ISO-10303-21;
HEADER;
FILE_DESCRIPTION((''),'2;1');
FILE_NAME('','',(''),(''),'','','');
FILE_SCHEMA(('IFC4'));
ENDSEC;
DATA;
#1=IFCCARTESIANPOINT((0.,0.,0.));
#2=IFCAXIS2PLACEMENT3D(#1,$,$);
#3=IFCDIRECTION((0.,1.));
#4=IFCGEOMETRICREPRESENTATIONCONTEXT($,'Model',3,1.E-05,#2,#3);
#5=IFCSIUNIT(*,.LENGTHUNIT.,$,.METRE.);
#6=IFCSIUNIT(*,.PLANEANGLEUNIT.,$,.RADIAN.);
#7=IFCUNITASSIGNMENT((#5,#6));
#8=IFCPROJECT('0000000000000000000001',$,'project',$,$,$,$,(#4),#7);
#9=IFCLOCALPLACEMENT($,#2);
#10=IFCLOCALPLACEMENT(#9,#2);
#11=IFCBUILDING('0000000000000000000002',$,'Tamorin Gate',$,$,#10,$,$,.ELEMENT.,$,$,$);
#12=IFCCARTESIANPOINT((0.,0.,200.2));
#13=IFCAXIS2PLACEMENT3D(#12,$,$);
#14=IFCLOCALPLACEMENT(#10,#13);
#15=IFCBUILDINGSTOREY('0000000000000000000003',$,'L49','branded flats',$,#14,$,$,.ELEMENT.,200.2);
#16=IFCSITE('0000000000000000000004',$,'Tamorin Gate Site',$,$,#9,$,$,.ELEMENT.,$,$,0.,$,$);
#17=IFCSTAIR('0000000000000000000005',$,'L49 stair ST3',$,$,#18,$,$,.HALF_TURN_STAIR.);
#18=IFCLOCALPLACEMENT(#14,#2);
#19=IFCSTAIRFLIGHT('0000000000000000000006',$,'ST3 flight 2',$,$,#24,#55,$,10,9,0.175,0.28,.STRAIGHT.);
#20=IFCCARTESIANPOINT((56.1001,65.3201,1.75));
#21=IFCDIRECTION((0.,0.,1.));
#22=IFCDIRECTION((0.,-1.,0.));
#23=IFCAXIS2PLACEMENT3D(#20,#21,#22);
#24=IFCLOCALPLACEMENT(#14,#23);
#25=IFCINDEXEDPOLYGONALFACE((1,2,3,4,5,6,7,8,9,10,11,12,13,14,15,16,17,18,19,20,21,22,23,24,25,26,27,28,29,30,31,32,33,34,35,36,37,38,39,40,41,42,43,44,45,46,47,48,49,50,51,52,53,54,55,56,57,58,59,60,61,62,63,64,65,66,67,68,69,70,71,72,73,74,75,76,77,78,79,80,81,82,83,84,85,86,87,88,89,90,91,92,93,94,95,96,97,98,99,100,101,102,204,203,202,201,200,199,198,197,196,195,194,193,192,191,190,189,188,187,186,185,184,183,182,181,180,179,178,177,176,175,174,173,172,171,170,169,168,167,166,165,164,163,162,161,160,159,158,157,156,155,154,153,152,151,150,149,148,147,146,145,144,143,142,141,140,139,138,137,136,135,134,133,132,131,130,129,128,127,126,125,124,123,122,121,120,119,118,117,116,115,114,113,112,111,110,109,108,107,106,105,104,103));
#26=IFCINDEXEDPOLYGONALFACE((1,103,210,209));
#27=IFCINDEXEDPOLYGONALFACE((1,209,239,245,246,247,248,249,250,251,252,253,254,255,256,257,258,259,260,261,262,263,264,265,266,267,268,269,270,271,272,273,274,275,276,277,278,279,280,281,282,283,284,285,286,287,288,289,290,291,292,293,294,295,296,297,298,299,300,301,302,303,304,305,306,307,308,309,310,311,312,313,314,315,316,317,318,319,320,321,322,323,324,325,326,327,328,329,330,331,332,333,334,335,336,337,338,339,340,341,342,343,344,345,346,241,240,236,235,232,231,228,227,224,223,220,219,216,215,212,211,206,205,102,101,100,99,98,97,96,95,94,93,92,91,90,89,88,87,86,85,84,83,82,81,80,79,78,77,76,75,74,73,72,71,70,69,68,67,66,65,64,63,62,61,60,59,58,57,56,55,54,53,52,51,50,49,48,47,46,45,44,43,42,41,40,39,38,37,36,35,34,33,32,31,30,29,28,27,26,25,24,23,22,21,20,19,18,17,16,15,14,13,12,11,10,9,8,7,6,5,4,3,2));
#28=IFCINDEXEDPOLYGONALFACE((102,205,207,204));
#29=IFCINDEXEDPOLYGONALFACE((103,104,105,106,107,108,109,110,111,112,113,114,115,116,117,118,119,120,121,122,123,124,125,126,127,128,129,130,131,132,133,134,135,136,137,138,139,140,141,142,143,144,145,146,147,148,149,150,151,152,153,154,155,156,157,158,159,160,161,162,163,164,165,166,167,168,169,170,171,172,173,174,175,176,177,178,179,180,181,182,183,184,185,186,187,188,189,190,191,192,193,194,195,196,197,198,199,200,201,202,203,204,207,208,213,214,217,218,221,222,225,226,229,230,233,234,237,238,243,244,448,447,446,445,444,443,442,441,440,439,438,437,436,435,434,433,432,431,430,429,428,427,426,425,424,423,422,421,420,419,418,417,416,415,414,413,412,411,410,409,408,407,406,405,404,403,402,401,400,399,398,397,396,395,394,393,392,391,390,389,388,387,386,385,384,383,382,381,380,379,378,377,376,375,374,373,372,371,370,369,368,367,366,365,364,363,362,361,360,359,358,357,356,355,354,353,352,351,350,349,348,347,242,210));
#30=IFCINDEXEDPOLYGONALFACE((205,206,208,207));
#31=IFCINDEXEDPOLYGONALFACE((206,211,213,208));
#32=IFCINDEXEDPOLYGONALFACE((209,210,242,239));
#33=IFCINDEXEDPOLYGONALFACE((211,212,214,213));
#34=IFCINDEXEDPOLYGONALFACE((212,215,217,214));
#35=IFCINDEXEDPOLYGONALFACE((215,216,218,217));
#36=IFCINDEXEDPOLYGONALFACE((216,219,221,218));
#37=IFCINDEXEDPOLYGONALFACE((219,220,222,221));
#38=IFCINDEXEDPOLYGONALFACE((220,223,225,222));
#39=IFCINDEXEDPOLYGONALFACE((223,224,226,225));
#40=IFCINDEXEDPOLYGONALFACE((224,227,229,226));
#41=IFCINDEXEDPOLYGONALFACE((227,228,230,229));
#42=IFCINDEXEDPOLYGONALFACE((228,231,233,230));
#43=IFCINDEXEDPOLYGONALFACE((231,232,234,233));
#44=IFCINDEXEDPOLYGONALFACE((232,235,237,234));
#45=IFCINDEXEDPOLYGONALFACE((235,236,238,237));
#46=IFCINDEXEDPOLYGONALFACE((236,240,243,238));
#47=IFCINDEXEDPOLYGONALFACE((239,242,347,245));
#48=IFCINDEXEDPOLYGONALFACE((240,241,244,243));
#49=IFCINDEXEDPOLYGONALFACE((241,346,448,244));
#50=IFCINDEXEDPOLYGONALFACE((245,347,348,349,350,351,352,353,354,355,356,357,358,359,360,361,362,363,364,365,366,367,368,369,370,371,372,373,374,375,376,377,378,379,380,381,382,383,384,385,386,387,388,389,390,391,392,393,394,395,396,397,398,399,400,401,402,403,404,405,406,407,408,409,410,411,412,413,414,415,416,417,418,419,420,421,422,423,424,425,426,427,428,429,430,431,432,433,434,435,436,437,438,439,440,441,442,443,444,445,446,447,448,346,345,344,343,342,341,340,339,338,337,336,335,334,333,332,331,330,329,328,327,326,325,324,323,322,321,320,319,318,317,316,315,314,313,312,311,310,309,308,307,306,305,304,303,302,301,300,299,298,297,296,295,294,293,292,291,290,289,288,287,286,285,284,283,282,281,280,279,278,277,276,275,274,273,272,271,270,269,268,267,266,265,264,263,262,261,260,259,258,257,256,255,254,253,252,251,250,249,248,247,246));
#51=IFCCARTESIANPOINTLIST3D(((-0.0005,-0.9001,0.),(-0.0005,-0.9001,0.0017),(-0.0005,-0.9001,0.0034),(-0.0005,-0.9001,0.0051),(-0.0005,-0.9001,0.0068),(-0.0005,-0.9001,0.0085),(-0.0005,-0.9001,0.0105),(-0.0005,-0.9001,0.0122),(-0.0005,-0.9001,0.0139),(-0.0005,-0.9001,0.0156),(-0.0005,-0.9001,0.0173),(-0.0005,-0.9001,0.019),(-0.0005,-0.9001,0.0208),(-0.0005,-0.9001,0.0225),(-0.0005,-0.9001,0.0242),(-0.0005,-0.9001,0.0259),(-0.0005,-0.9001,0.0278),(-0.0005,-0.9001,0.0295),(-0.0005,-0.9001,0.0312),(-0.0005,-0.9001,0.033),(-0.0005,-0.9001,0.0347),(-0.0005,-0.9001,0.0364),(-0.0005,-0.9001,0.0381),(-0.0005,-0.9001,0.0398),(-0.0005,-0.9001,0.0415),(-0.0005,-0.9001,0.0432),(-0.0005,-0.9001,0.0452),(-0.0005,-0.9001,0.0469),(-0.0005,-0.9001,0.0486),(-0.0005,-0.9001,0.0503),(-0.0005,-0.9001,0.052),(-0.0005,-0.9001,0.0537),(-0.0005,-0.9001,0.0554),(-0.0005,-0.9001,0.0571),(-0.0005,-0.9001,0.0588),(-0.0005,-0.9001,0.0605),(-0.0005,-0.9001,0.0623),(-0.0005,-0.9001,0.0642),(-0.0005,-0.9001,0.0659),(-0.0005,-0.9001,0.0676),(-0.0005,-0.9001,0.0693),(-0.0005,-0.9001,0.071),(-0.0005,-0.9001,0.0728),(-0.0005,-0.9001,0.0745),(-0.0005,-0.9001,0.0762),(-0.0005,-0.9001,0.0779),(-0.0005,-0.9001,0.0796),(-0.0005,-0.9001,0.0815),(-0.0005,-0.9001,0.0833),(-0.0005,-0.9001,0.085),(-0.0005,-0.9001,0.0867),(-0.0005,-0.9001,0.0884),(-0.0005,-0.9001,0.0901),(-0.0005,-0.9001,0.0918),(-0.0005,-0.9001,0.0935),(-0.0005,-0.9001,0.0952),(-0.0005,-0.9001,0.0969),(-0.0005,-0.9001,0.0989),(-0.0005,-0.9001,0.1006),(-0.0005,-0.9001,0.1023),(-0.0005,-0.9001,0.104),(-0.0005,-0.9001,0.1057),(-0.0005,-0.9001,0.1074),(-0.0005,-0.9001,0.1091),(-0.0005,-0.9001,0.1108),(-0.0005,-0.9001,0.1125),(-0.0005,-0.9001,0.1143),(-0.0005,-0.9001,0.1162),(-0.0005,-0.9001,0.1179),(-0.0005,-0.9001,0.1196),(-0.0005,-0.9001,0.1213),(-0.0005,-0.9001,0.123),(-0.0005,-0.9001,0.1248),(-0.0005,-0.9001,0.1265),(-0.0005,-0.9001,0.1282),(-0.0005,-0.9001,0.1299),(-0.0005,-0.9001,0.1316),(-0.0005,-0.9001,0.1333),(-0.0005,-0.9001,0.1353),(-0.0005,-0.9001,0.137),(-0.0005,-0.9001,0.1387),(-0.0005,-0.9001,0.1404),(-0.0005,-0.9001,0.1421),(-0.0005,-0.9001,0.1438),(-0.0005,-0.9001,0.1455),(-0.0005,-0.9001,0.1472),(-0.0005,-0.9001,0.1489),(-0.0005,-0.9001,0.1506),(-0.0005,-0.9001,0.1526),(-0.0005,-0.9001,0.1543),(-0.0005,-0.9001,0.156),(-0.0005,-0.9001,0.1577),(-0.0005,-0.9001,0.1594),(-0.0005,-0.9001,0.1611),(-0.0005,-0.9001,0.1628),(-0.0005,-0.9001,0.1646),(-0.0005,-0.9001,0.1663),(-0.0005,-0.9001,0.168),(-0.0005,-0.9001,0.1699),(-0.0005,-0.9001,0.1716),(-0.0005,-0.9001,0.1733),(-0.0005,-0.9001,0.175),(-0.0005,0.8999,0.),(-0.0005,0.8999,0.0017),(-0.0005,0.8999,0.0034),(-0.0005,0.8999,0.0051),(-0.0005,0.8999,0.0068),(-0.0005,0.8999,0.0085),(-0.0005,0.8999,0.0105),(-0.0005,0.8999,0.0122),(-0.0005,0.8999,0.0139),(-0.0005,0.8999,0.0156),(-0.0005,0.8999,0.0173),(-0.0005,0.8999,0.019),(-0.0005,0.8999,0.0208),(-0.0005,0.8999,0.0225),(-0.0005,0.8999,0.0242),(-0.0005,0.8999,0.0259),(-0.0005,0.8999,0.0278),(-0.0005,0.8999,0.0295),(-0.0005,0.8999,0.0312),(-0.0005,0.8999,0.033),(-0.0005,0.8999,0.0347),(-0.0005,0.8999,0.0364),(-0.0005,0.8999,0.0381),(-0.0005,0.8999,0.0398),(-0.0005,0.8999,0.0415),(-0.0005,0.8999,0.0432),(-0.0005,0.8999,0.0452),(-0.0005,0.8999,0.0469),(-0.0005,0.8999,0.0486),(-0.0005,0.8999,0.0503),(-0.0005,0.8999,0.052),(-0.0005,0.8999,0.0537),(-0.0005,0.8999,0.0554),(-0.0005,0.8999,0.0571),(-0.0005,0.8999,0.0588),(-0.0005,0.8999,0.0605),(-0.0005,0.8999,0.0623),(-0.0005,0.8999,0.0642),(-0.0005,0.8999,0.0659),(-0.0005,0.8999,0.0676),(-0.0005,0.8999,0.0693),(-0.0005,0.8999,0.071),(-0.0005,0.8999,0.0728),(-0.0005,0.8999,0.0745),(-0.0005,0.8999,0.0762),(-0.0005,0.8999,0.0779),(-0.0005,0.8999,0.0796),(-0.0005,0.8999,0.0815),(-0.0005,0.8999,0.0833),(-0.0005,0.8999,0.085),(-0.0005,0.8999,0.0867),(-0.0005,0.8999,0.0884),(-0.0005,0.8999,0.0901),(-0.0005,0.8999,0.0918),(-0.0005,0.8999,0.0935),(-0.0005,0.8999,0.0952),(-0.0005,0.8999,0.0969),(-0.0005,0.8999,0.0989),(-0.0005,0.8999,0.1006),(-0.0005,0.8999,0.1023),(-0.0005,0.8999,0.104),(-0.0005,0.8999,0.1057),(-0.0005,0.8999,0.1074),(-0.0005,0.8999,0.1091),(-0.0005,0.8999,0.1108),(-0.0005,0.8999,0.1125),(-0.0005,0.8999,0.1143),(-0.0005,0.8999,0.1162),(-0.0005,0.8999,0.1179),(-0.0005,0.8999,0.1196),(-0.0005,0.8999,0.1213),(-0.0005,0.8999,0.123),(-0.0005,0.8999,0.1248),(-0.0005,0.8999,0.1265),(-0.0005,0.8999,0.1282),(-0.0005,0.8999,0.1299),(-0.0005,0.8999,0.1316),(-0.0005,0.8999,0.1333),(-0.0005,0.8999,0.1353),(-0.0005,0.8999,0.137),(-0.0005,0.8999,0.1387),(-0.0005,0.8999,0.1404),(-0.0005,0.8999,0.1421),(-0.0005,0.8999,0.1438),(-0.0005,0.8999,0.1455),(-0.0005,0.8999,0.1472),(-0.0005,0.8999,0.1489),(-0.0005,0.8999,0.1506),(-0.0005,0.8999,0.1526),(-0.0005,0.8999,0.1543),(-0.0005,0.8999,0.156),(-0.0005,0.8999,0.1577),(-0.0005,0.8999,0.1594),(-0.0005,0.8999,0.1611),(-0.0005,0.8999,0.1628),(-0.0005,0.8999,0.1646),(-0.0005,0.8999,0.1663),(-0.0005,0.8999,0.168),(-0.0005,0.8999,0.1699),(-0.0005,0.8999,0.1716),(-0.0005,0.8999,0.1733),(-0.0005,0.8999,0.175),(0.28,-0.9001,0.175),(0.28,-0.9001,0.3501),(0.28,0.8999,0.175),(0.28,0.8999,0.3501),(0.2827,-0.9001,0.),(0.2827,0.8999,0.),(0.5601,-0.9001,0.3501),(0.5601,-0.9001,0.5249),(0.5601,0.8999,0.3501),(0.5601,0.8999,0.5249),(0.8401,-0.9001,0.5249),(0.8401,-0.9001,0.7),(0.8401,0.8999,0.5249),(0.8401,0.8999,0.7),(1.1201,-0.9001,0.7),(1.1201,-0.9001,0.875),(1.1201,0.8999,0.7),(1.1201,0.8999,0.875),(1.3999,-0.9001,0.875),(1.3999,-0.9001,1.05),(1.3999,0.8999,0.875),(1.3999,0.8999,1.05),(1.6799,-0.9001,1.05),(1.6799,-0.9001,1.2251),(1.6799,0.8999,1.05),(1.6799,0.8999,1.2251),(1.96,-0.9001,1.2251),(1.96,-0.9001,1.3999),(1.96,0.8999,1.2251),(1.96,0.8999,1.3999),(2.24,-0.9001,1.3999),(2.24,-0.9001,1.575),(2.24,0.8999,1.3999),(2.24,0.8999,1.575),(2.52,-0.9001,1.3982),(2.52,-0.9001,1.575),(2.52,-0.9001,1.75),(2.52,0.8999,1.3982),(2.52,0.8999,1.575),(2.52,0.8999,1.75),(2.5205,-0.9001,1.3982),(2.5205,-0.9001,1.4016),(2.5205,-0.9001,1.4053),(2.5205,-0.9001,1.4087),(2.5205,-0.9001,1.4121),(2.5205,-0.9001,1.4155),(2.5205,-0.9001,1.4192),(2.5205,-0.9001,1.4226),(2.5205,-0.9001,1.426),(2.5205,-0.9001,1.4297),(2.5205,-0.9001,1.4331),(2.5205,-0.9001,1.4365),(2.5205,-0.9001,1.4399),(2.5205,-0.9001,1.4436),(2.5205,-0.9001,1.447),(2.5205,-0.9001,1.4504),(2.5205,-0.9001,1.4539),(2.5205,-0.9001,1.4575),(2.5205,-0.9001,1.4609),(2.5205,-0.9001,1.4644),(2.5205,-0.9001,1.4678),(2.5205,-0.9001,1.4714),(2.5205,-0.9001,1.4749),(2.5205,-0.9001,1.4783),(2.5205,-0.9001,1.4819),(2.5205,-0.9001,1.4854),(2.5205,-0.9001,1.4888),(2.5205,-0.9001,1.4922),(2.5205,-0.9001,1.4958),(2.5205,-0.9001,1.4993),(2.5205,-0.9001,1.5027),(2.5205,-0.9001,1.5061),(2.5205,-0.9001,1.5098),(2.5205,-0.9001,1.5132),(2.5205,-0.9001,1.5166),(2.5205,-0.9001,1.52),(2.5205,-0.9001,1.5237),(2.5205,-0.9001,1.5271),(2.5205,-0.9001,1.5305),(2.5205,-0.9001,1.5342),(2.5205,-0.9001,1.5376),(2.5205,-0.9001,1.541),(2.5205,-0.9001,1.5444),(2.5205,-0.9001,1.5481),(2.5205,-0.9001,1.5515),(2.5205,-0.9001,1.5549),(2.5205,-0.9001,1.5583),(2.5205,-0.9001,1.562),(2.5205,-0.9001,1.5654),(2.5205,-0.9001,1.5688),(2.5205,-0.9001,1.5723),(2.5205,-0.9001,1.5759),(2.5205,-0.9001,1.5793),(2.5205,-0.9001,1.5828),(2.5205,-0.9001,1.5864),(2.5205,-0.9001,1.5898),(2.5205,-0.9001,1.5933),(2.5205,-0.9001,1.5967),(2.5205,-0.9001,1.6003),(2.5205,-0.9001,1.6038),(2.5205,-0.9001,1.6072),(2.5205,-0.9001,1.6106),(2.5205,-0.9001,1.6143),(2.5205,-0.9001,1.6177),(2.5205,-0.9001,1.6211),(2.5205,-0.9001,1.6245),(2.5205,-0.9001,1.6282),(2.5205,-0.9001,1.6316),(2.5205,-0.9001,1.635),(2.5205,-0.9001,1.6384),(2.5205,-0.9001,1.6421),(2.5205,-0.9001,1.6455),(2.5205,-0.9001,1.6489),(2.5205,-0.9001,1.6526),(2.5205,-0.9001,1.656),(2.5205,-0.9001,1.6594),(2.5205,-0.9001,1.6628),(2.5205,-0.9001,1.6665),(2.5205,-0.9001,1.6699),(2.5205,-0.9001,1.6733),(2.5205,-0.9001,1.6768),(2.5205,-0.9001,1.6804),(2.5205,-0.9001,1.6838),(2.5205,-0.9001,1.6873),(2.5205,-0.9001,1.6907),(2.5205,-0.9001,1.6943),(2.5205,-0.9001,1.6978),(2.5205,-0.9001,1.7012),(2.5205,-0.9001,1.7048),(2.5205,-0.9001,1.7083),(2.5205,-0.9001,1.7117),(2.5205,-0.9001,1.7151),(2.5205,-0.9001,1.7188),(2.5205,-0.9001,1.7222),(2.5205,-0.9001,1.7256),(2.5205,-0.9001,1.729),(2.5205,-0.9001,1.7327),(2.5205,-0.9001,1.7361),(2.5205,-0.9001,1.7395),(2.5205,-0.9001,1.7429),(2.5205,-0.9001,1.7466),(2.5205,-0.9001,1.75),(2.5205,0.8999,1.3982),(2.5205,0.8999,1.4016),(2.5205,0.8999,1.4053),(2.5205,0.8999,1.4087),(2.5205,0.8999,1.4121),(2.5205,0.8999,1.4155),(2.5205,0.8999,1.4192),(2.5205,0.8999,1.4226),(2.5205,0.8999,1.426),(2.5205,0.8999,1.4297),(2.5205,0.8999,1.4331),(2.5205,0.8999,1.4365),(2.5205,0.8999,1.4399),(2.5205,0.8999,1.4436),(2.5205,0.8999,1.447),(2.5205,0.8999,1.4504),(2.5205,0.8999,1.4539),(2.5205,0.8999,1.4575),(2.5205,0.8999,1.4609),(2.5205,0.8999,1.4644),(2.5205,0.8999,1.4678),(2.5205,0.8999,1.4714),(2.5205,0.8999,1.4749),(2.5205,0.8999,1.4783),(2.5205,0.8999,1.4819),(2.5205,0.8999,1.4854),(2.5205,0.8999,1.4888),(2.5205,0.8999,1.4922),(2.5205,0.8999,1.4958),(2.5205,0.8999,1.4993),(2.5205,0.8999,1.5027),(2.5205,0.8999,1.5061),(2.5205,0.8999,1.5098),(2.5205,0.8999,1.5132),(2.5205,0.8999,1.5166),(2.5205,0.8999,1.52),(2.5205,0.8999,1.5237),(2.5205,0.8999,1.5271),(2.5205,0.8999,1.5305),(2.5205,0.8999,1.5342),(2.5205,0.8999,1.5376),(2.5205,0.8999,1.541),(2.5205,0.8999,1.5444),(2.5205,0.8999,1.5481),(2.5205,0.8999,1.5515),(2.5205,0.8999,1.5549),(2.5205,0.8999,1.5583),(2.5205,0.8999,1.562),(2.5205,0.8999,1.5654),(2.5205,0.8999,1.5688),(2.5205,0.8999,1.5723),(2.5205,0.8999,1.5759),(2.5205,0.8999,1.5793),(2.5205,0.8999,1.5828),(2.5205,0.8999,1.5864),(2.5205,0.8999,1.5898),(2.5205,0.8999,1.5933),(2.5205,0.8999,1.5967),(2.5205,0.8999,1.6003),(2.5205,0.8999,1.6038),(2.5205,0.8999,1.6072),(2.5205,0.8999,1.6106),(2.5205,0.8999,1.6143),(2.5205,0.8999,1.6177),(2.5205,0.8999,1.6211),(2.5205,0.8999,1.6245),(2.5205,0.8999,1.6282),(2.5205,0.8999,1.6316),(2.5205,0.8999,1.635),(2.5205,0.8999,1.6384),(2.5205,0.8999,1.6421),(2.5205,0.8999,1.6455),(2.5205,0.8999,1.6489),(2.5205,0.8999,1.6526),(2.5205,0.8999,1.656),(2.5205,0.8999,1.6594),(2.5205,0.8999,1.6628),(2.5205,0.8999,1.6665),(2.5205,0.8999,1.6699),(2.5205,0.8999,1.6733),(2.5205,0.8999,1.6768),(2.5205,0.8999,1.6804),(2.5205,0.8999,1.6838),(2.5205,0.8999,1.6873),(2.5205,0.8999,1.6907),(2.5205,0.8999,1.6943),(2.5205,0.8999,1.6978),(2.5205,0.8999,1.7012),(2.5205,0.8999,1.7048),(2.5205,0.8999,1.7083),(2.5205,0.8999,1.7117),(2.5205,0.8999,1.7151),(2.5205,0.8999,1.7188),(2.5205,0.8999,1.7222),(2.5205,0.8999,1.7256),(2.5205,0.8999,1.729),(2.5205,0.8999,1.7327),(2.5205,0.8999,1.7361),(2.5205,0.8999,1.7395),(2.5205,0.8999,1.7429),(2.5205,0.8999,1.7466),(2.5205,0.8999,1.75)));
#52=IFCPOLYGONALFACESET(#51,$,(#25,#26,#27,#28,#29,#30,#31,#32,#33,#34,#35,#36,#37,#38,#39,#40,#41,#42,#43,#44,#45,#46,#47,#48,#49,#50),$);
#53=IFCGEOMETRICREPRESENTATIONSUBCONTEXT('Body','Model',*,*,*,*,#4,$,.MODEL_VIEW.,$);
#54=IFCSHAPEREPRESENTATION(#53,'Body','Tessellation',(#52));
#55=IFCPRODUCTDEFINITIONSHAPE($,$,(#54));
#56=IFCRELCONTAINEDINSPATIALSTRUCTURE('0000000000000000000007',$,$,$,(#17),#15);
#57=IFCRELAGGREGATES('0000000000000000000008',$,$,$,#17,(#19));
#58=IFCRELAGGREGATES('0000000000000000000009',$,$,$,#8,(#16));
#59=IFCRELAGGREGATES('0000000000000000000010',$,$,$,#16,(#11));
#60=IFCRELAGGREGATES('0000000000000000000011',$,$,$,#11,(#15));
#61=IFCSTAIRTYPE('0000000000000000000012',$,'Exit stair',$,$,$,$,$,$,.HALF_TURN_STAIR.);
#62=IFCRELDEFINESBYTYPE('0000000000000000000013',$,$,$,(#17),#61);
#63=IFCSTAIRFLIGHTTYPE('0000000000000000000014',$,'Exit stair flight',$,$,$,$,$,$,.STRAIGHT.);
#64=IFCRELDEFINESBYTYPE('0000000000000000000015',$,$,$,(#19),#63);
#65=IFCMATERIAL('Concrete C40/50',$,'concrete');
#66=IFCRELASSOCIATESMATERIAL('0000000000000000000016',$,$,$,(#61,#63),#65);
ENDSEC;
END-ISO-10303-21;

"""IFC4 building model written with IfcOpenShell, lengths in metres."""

from ifc_helpers import new_model, si_unit, direction, frame, origin, place, context, subcontext, project, spatial, polyline, outline, extrude, material, type_object, element, aggregate, save


model = new_model("IFC4")

# Units and contexts
model_context = context("Model", 3, precision=1e-05, world=origin(), true_north=direction((0.0, 1.0)))
body_context = subcontext(model_context, "Body", "Model", "MODEL_VIEW")
ifc_project = project(units=[si_unit("LENGTHUNIT", "METRE"), si_unit("PLANEANGLEUNIT", "RADIAN")], contexts=[model_context])

# Site, building, storey
site_placement = place(None, origin())
site = spatial("IfcSite", under=ifc_project, at=site_placement, Name="Tamorin Gate Site", CompositionType="ELEMENT", RefElevation=0.0)
building_placement = place(site_placement, origin())
building = spatial("IfcBuilding", under=site, at=building_placement, Name="Tamorin Gate", CompositionType="ELEMENT")
storey_placement = place(building_placement, frame((0.0, 0.0, 200.2)))
storey = spatial("IfcBuildingStorey", under=building, at=storey_placement, Name="L49", Description="branded flats", CompositionType="ELEMENT", Elevation=200.2)

# Shared definitions
ifc_material_1 = material(Name="Concrete C40/50", Category="concrete")

# Stair, stair flight
stair_type = type_object("IfcStairType", Name="Exit stair", PredefinedType="HALF_TURN_STAIR", material=ifc_material_1)
stair_placement = place(storey_placement, origin())
stair = element("IfcStair", 1, at=stair_placement, inside=storey, type_object=stair_type, Name="L49 stair ST3", PredefinedType="HALF_TURN_STAIR")
stair_flight_type = type_object("IfcStairFlightType", Name="Exit stair flight", PredefinedType="STRAIGHT", material=ifc_material_1)
stair_flight_1_placement = place(storey_placement, frame((56.1001, 65.3201, 1.75), z_axis=(0.0, 0.0, 1.0), x_axis=(0.0, -1.0, 0.0)))
stair_flight_1 = element("IfcStairFlight", 2, at=stair_flight_1_placement, type_object=stair_flight_type, Name="ST3 flight 2", NumberOfRisers=10, NumberOfTreads=9, PredefinedType="STRAIGHT", RiserHeight=0.175, TreadLength=0.28, context=body_context, shape_type="SweptSolid", body=[
    extrude(outline(polyline([(-0.0005, 0.0), (-0.0005, 0.0017), (-0.0005, 0.0034), (-0.0005, 0.0051), (-0.0005, 0.0068), (-0.0005, 0.0085), (-0.0005, 0.0105), (-0.0005, 0.0122), (-0.0005, 0.0139), (-0.0005, 0.0156), (-0.0005, 0.0173), (-0.0005, 0.019), (-0.0005, 0.0208), (-0.0005, 0.0225), (-0.0005, 0.0242), (-0.0005, 0.0259), (-0.0005, 0.0278), (-0.0005, 0.0295), (-0.0005, 0.0312), (-0.0005, 0.033), (-0.0005, 0.0347), (-0.0005, 0.0364), (-0.0005, 0.0381), (-0.0005, 0.0398), (-0.0005, 0.0415), (-0.0005, 0.0432), (-0.0005, 0.0452), (-0.0005, 0.0469), (-0.0005, 0.0486), (-0.0005, 0.0503), (-0.0005, 0.052), (-0.0005, 0.0537), (-0.0005, 0.0554), (-0.0005, 0.0571), (-0.0005, 0.0588), (-0.0005, 0.0605), (-0.0005, 0.0623), (-0.0005, 0.0642), (-0.0005, 0.0659), (-0.0005, 0.0676), (-0.0005, 0.0693), (-0.0005, 0.071), (-0.0005, 0.0728), (-0.0005, 0.0745), (-0.0005, 0.0762), (-0.0005, 0.0779), (-0.0005, 0.0796), (-0.0005, 0.0815), (-0.0005, 0.0833), (-0.0005, 0.085), (-0.0005, 0.0867), (-0.0005, 0.0884), (-0.0005, 0.0901), (-0.0005, 0.0918), (-0.0005, 0.0935), (-0.0005, 0.0952), (-0.0005, 0.0969), (-0.0005, 0.0989), (-0.0005, 0.1006), (-0.0005, 0.1023), (-0.0005, 0.104), (-0.0005, 0.1057), (-0.0005, 0.1074), (-0.0005, 0.1091), (-0.0005, 0.1108), (-0.0005, 0.1125), (-0.0005, 0.1143), (-0.0005, 0.1162), (-0.0005, 0.1179), (-0.0005, 0.1196), (-0.0005, 0.1213), (-0.0005, 0.123), (-0.0005, 0.1248), (-0.0005, 0.1265), (-0.0005, 0.1282), (-0.0005, 0.1299), (-0.0005, 0.1316), (-0.0005, 0.1333), (-0.0005, 0.1353), (-0.0005, 0.137), (-0.0005, 0.1387), (-0.0005, 0.1404), (-0.0005, 0.1421), (-0.0005, 0.1438), (-0.0005, 0.1455), (-0.0005, 0.1472), (-0.0005, 0.1489), (-0.0005, 0.1506), (-0.0005, 0.1526), (-0.0005, 0.1543), (-0.0005, 0.156), (-0.0005, 0.1577), (-0.0005, 0.1594), (-0.0005, 0.1611), (-0.0005, 0.1628), (-0.0005, 0.1646), (-0.0005, 0.1663), (-0.0005, 0.168), (-0.0005, 0.1699), (-0.0005, 0.1716), (-0.0005, 0.1733), (-0.0005, 0.175), (0.28, 0.175), (0.28, 0.3501), (0.5601, 0.3501), (0.5601, 0.5249), (0.8401, 0.5249), (0.8401, 0.7), (1.1201, 0.7), (1.1201, 0.875), (1.3999, 0.875), (1.3999, 1.05), (1.6799, 1.05), (1.6799, 1.2251), (1.96, 1.2251), (1.96, 1.3999), (2.24, 1.3999), (2.24, 1.575), (2.52, 1.575), (2.52, 1.75), (2.5205, 1.75), (2.5205, 1.7466), (2.5205, 1.7429), (2.5205, 1.7395), (2.5205, 1.7361), (2.5205, 1.7327), (2.5205, 1.729), (2.5205, 1.7256), (2.5205, 1.7222), (2.5205, 1.7188), (2.5205, 1.7151), (2.5205, 1.7117), (2.5205, 1.7083), (2.5205, 1.7048), (2.5205, 1.7012), (2.5205, 1.6978), (2.5205, 1.6943), (2.5205, 1.6907), (2.5205, 1.6873), (2.5205, 1.6838), (2.5205, 1.6804), (2.5205, 1.6768), (2.5205, 1.6733), (2.5205, 1.6699), (2.5205, 1.6665), (2.5205, 1.6628), (2.5205, 1.6594), (2.5205, 1.656), (2.5205, 1.6526), (2.5205, 1.6489), (2.5205, 1.6455), (2.5205, 1.6421), (2.5205, 1.6384), (2.5205, 1.635), (2.5205, 1.6316), (2.5205, 1.6282), (2.5205, 1.6245), (2.5205, 1.6211), (2.5205, 1.6177), (2.5205, 1.6143), (2.5205, 1.6106), (2.5205, 1.6072), (2.5205, 1.6038), (2.5205, 1.6003), (2.5205, 1.5967), (2.5205, 1.5933), (2.5205, 1.5898), (2.5205, 1.5864), (2.5205, 1.5828), (2.5205, 1.5793), (2.5205, 1.5759), (2.5205, 1.5723), (2.5205, 1.5688), (2.5205, 1.5654), (2.5205, 1.562), (2.5205, 1.5583), (2.5205, 1.5549), (2.5205, 1.5515), (2.5205, 1.5481), (2.5205, 1.5444), (2.5205, 1.541), (2.5205, 1.5376), (2.5205, 1.5342), (2.5205, 1.5305), (2.5205, 1.5271), (2.5205, 1.5237), (2.5205, 1.52), (2.5205, 1.5166), (2.5205, 1.5132), (2.5205, 1.5098), (2.5205, 1.5061), (2.5205, 1.5027), (2.5205, 1.4993), (2.5205, 1.4958), (2.5205, 1.4922), (2.5205, 1.4888), (2.5205, 1.4854), (2.5205, 1.4819), (2.5205, 1.4783), (2.5205, 1.4749), (2.5205, 1.4714), (2.5205, 1.4678), (2.5205, 1.4644), (2.5205, 1.4609), (2.5205, 1.4575), (2.5205, 1.4539), (2.5205, 1.4504), (2.5205, 1.447), (2.5205, 1.4436), (2.5205, 1.4399), (2.5205, 1.4365), (2.5205, 1.4331), (2.5205, 1.4297), (2.5205, 1.426), (2.5205, 1.4226), (2.5205, 1.4192), (2.5205, 1.4155), (2.5205, 1.4121), (2.5205, 1.4087), (2.5205, 1.4053), (2.5205, 1.4016), (2.5205, 1.3982), (2.52, 1.3982), (0.2827, 0.0), (-0.0005, 0.0)])), frame((0.0, 0.8999, 0.0), z_axis=(0.0, -1.0, 0.0), x_axis=(1.0, 0.0, 0.0)), (0.0, 0.0, 1.0), 1.8),
])
aggregate(stair, [stair_flight_1])

save(model, "model.ifc")
